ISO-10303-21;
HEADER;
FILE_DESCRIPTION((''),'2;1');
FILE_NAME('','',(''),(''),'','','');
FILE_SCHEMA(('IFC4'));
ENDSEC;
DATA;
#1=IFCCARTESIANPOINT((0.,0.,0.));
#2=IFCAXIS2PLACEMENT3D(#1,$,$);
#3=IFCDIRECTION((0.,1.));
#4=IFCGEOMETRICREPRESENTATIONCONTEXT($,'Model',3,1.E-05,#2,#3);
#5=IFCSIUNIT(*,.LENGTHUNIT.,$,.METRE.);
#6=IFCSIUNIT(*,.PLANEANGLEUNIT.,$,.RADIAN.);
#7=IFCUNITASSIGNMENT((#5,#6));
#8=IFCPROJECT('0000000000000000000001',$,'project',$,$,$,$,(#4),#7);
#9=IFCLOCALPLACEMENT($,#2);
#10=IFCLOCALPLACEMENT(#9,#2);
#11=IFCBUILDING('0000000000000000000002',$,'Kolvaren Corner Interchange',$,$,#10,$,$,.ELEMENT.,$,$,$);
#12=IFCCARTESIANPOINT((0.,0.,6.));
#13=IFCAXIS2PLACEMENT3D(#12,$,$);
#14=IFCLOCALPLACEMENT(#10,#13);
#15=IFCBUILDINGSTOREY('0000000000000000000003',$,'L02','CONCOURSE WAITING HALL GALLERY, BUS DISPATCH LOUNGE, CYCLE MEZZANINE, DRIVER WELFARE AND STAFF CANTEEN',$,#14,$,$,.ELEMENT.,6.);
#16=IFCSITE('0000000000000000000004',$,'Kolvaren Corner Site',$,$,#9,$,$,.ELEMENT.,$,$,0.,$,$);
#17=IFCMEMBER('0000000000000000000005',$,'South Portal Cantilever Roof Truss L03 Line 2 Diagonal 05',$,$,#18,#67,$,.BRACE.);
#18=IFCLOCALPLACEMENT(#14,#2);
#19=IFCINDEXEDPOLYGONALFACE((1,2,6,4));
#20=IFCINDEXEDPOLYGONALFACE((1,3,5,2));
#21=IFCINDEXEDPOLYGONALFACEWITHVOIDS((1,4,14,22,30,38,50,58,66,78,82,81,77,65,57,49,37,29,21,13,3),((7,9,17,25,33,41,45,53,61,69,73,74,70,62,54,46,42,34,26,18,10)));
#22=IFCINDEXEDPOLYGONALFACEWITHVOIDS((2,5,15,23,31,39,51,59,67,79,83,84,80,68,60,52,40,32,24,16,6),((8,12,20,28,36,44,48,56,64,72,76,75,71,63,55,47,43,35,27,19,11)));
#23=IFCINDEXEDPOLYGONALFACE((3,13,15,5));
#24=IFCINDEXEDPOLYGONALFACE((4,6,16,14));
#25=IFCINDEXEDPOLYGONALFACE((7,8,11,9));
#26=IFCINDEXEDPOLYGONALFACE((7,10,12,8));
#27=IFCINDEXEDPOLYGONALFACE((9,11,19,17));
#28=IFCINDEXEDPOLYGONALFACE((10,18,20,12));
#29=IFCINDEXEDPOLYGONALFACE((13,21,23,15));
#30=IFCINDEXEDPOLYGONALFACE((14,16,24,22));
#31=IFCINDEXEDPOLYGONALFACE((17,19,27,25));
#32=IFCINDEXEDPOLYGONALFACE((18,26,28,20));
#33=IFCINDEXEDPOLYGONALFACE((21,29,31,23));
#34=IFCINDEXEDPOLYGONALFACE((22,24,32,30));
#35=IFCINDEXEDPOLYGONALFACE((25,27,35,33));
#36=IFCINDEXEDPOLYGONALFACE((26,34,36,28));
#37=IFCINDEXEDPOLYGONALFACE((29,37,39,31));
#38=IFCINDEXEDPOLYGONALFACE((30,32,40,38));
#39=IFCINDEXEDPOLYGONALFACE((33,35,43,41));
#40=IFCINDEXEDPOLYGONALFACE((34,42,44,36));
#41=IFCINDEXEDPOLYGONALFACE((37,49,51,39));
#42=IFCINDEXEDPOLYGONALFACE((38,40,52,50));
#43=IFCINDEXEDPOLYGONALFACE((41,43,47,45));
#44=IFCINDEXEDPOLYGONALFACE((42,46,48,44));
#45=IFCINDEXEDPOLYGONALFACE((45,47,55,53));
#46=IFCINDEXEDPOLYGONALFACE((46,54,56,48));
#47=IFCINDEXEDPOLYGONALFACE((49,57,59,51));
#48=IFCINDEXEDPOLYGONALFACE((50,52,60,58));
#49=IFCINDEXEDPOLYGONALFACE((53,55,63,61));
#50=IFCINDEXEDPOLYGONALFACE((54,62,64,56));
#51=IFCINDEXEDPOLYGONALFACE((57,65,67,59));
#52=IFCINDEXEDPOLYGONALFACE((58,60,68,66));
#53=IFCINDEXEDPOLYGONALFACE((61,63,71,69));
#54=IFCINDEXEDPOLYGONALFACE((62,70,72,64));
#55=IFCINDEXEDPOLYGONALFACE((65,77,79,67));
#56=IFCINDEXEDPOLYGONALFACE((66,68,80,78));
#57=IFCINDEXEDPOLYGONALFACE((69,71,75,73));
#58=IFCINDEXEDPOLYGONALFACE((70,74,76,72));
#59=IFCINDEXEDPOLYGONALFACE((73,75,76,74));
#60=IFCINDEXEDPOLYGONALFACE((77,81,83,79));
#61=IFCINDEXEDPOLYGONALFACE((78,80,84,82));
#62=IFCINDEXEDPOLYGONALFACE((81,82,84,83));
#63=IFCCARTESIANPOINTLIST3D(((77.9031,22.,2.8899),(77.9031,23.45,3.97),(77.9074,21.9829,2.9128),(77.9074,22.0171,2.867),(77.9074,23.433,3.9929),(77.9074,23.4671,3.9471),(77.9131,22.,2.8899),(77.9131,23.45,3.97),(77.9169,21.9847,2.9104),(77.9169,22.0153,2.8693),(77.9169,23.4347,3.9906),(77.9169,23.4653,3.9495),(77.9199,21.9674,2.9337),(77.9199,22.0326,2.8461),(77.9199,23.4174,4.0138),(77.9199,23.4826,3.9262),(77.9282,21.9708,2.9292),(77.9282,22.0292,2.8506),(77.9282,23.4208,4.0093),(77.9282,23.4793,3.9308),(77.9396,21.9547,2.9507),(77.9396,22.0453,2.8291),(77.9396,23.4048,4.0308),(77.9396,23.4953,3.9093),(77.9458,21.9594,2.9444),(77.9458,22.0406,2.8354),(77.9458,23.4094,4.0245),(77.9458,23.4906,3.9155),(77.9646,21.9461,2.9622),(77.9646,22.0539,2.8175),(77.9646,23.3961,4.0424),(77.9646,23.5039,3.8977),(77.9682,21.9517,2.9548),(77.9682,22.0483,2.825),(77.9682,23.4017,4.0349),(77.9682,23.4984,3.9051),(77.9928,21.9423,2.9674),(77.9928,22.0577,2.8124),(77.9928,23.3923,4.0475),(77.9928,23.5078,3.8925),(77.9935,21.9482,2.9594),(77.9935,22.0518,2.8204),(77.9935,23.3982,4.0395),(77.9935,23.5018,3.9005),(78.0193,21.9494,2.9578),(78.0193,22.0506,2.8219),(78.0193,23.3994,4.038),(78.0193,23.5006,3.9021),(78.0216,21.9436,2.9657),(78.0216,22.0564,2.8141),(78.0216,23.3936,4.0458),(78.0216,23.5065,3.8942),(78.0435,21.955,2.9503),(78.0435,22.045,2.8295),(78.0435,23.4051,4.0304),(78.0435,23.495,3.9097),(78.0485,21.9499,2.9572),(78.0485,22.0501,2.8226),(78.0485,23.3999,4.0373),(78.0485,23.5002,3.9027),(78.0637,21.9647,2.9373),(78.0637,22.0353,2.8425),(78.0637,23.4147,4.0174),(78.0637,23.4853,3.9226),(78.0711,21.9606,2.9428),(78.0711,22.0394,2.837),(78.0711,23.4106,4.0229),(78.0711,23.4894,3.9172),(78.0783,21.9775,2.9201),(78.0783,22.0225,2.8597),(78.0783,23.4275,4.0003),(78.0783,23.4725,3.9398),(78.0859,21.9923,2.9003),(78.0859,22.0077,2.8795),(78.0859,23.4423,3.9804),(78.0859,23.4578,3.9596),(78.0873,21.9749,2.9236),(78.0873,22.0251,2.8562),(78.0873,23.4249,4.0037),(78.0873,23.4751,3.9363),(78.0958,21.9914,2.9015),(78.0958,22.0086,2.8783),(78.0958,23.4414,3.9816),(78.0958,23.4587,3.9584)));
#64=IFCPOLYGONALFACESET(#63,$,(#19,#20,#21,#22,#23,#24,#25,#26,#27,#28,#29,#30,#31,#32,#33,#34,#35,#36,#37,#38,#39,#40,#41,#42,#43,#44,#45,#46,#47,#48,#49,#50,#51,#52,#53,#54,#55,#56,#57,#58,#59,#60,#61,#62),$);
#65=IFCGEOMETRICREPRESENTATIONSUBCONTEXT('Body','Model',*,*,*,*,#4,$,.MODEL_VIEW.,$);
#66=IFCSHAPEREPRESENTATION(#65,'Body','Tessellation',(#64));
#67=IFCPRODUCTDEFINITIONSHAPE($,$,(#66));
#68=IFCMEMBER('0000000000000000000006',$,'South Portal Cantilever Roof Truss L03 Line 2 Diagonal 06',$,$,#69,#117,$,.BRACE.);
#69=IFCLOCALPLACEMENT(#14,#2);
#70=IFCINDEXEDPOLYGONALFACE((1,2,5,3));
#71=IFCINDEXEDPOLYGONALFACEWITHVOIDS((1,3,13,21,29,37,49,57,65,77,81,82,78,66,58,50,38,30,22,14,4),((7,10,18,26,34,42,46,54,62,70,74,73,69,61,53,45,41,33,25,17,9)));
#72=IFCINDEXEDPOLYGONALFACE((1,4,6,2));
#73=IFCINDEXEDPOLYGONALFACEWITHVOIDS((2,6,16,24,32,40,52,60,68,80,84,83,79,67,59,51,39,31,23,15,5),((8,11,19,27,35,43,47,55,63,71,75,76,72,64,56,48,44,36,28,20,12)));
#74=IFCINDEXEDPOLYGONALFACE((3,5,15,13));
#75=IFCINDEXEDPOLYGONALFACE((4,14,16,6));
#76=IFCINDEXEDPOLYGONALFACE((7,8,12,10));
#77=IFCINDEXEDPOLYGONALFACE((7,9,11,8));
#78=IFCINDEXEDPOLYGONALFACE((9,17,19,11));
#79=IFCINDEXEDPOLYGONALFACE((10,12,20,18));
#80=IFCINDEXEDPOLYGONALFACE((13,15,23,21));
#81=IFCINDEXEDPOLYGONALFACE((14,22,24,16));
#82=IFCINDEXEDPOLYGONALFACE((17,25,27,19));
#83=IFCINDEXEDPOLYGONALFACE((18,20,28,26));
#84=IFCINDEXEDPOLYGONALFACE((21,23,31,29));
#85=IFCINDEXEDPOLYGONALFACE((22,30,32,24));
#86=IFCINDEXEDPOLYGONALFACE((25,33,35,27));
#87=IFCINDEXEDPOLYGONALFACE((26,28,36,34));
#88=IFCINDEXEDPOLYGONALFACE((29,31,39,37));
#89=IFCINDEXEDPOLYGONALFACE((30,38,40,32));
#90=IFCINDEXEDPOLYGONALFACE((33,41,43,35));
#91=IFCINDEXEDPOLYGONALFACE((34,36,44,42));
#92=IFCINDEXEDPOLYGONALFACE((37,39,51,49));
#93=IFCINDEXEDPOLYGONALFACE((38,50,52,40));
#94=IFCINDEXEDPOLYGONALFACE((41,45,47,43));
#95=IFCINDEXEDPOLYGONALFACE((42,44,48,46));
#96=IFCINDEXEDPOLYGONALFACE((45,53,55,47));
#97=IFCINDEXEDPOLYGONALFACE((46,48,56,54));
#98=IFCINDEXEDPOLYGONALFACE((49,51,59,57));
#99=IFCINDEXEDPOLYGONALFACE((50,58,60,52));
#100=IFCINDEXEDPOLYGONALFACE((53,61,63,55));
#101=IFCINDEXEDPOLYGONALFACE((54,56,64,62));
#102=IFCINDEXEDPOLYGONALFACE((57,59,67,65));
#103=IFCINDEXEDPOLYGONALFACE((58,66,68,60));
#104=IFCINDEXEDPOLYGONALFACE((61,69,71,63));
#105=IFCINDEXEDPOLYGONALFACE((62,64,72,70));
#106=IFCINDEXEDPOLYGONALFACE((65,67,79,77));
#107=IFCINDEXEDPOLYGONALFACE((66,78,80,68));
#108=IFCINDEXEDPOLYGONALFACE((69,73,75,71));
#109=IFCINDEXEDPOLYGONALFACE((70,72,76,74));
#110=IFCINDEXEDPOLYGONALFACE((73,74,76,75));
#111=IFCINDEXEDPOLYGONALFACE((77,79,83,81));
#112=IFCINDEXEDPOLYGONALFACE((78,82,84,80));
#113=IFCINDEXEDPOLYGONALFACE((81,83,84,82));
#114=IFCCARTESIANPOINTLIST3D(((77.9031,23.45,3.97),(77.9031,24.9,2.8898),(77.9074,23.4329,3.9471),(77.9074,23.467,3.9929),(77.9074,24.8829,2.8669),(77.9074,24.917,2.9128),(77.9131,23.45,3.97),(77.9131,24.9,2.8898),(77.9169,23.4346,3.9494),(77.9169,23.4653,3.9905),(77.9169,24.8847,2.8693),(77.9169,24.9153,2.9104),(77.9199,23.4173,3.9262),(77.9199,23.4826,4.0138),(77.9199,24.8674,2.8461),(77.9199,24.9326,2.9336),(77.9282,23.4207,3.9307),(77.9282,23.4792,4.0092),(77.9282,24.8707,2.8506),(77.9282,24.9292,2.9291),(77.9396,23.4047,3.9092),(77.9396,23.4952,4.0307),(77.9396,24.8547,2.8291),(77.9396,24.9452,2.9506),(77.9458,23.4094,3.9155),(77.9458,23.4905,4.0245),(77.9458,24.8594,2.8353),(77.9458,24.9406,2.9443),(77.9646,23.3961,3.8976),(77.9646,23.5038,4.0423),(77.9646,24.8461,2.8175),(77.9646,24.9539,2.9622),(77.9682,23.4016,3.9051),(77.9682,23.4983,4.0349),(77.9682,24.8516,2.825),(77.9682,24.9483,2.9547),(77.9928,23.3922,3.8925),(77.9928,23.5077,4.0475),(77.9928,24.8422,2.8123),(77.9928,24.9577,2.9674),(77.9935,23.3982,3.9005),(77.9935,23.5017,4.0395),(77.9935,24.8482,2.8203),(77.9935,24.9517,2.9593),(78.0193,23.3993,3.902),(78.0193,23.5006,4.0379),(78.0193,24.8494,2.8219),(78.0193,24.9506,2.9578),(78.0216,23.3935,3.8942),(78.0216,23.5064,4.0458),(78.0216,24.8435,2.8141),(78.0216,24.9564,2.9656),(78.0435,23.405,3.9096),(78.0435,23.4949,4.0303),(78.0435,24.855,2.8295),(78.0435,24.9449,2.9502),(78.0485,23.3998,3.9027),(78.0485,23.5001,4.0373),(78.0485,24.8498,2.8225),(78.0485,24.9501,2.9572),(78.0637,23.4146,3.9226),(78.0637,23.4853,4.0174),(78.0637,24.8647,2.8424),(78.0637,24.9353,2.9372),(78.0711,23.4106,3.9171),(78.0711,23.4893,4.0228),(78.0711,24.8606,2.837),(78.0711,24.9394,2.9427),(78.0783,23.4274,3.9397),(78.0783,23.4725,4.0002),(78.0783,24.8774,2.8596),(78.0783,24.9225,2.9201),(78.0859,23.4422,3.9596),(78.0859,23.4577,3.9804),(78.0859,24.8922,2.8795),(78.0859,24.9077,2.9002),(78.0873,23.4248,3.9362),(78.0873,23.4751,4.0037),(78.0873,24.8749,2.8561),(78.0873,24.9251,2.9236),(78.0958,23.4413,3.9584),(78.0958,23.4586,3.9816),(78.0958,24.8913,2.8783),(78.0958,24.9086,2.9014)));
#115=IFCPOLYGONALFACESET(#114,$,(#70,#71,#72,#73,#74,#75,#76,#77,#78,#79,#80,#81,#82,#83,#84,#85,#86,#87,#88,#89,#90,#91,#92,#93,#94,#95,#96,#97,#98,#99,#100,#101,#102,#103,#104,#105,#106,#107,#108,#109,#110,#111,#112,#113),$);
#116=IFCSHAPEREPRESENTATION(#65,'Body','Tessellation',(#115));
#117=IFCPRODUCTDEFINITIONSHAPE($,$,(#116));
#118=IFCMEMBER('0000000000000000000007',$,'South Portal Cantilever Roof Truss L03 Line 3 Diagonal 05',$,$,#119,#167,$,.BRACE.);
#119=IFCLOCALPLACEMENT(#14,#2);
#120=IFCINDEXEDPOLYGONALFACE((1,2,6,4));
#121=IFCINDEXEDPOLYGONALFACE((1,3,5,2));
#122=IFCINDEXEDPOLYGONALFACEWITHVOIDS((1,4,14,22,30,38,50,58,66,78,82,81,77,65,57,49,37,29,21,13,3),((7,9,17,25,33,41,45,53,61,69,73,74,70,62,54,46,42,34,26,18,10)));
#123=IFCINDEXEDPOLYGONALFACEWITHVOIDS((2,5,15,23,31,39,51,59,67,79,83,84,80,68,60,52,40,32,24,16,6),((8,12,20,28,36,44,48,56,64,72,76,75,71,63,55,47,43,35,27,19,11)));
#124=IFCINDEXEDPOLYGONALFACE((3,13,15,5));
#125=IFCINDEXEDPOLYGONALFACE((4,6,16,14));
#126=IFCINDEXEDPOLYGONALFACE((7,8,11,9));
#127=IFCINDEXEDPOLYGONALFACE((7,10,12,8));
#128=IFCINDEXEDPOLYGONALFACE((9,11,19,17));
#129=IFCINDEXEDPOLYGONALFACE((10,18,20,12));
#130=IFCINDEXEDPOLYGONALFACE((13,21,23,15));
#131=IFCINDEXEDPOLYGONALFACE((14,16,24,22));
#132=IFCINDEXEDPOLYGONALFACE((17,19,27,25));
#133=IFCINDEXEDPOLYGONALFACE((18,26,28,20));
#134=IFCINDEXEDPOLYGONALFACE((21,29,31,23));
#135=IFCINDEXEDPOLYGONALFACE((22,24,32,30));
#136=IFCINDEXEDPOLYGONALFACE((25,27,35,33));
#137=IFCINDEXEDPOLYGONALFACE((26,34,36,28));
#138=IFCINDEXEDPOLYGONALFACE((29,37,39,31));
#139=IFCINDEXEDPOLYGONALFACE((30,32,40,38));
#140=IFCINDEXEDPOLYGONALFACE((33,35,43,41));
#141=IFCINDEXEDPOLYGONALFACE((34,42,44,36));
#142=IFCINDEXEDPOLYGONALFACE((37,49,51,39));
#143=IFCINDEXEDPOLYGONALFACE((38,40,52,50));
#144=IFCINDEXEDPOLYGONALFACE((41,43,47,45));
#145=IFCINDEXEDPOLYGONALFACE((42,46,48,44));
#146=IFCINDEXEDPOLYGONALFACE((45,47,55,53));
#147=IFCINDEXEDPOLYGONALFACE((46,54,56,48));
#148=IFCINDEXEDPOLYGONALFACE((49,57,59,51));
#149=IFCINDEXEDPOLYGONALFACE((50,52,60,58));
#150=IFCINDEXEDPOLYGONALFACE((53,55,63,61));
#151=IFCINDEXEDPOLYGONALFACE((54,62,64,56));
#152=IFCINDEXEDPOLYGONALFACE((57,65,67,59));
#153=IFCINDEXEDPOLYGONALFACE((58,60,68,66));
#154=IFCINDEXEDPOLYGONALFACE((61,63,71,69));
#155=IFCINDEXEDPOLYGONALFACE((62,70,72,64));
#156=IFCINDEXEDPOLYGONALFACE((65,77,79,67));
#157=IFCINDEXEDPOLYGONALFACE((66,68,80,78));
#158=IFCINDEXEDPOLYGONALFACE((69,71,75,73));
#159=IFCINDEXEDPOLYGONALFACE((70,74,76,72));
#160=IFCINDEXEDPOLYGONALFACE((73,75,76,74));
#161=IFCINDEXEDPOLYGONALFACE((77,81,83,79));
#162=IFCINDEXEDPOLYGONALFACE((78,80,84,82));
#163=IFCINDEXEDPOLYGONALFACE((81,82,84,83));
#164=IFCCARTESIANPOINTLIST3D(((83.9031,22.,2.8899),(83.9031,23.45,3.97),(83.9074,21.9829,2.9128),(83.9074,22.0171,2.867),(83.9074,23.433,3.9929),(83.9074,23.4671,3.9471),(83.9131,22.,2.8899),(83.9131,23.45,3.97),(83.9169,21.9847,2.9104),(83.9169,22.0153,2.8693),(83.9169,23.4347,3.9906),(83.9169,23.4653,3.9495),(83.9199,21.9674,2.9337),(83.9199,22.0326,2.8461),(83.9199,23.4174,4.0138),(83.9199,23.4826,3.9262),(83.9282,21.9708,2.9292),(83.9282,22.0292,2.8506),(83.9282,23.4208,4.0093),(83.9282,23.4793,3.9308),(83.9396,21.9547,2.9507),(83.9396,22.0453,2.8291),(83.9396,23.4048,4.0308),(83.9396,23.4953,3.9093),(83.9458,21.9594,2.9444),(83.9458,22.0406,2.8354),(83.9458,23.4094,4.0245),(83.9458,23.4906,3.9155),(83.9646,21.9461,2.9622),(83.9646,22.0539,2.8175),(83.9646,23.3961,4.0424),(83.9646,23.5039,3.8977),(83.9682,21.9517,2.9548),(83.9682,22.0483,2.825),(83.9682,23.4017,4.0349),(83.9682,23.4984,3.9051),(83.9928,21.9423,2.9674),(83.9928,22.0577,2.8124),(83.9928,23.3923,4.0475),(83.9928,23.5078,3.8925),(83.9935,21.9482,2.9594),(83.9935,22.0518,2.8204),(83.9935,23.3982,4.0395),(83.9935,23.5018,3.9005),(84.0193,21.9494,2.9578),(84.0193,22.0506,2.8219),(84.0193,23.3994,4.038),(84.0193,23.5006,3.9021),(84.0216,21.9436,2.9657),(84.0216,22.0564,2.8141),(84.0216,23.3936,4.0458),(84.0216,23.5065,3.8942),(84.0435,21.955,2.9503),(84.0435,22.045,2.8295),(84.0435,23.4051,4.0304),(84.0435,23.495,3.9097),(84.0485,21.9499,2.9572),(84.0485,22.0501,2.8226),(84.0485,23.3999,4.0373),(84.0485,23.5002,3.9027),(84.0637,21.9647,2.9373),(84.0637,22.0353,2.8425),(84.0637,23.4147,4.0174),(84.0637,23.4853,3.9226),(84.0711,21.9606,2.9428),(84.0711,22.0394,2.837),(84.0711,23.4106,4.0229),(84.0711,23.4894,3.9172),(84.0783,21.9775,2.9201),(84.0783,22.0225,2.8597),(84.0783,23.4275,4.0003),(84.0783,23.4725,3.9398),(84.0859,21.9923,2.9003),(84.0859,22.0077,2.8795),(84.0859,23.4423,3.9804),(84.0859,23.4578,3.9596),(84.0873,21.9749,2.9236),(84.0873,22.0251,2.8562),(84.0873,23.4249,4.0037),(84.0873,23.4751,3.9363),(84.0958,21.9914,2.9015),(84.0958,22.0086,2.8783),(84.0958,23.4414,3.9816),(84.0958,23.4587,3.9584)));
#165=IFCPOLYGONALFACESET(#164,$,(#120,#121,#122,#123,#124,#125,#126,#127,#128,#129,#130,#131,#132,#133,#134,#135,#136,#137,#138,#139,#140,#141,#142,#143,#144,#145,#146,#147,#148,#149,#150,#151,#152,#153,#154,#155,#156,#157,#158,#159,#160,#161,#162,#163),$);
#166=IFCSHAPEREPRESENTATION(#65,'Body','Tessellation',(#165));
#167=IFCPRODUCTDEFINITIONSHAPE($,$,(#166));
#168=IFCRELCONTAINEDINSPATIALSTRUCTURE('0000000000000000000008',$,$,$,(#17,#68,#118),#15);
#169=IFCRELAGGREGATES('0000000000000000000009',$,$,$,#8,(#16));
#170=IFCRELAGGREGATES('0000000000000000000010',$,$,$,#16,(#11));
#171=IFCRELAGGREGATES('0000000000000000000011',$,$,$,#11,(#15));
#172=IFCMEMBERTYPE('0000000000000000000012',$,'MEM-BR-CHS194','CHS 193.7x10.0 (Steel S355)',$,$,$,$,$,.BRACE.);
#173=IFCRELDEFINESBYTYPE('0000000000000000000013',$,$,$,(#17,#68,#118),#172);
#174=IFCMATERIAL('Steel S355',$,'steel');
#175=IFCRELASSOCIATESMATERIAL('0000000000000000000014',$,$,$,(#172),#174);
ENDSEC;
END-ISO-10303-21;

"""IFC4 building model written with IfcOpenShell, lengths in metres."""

from ifc_helpers import new_model, si_unit, direction, frame, origin, origin_2d, place, context, subcontext, project, spatial, hollow_circle, extrude, material, material_profile, profile_set, type_object, element, save


model = new_model("IFC4")

# Units and contexts
model_context = context("Model", 3, precision=1e-05, world=origin(), true_north=direction((0.0, 1.0)))
body_context = subcontext(model_context, "Body", "Model", "MODEL_VIEW")
ifc_project = project(units=[si_unit("LENGTHUNIT", "METRE"), si_unit("PLANEANGLEUNIT", "RADIAN")], contexts=[model_context])

# Site, building, storey
site_placement = place(None, origin())
site = spatial("IfcSite", under=ifc_project, at=site_placement, Name="Kolvaren Corner Site", CompositionType="ELEMENT", RefElevation=0.0)
building_placement = place(site_placement, origin())
building = spatial("IfcBuilding", under=site, at=building_placement, Name="Kolvaren Corner Interchange", CompositionType="ELEMENT")
storey_placement = place(building_placement, frame((0.0, 0.0, 6.0)))
storey = spatial("IfcBuildingStorey", under=building, at=storey_placement, Name="L02", Description="CONCOURSE WAITING HALL GALLERY, BUS DISPATCH LOUNGE, CYCLE MEZZANINE, DRIVER WELFARE AND STAFF CANTEEN", CompositionType="ELEMENT", Elevation=6.0)

# Members
ifc_material_1 = material(Name="Steel S355", Category="steel")
ifc_material_profile_1 = material_profile(ifc_material_1, hollow_circle(Radius=0.0969, WallThickness=0.01, at=origin_2d()), Name="CHS 193.7x10.0")
ifc_profile_set_1 = profile_set([ifc_material_profile_1], Name="Steel S355")
member_type_1 = type_object("IfcMemberType", Name="MEM-BR-CHS194", Description="CHS 193.7x10.0 (Steel S355)", PredefinedType="BRACE", material=ifc_profile_set_1)
for number, where, z_axis, x_axis, name in (
    (1, (78.0, 22.0, 2.8899), (0.0, 0.801956, 0.597383), (-1.0, 0.0, 0.0), "South Portal Cantilever Roof Truss L03 Line 2 Diagonal 05"),
    (2, (78.0, 23.45, 3.97), (0.0, 0.801956, -0.597383), (-1.0, 0.0, 0.0), "South Portal Cantilever Roof Truss L03 Line 2 Diagonal 06"),
    (3, (84.0, 22.0, 2.8899), (0.0, 0.801956, 0.597383), (-1.0, 0.0, 0.0), "South Portal Cantilever Roof Truss L03 Line 3 Diagonal 05"),
):
    element("IfcMember", number, at=place(storey_placement, frame(where, z_axis=z_axis, x_axis=x_axis)), inside=storey, type_object=member_type_1, Name=name, PredefinedType="BRACE", context=body_context, shape_type="SweptSolid", body=[
        extrude(hollow_circle(Radius=0.0969, WallThickness=0.01, at=origin_2d()), origin(), (0.0, 0.0, 1.0), 1.8081),
    ])

save(model, "model.ifc")
